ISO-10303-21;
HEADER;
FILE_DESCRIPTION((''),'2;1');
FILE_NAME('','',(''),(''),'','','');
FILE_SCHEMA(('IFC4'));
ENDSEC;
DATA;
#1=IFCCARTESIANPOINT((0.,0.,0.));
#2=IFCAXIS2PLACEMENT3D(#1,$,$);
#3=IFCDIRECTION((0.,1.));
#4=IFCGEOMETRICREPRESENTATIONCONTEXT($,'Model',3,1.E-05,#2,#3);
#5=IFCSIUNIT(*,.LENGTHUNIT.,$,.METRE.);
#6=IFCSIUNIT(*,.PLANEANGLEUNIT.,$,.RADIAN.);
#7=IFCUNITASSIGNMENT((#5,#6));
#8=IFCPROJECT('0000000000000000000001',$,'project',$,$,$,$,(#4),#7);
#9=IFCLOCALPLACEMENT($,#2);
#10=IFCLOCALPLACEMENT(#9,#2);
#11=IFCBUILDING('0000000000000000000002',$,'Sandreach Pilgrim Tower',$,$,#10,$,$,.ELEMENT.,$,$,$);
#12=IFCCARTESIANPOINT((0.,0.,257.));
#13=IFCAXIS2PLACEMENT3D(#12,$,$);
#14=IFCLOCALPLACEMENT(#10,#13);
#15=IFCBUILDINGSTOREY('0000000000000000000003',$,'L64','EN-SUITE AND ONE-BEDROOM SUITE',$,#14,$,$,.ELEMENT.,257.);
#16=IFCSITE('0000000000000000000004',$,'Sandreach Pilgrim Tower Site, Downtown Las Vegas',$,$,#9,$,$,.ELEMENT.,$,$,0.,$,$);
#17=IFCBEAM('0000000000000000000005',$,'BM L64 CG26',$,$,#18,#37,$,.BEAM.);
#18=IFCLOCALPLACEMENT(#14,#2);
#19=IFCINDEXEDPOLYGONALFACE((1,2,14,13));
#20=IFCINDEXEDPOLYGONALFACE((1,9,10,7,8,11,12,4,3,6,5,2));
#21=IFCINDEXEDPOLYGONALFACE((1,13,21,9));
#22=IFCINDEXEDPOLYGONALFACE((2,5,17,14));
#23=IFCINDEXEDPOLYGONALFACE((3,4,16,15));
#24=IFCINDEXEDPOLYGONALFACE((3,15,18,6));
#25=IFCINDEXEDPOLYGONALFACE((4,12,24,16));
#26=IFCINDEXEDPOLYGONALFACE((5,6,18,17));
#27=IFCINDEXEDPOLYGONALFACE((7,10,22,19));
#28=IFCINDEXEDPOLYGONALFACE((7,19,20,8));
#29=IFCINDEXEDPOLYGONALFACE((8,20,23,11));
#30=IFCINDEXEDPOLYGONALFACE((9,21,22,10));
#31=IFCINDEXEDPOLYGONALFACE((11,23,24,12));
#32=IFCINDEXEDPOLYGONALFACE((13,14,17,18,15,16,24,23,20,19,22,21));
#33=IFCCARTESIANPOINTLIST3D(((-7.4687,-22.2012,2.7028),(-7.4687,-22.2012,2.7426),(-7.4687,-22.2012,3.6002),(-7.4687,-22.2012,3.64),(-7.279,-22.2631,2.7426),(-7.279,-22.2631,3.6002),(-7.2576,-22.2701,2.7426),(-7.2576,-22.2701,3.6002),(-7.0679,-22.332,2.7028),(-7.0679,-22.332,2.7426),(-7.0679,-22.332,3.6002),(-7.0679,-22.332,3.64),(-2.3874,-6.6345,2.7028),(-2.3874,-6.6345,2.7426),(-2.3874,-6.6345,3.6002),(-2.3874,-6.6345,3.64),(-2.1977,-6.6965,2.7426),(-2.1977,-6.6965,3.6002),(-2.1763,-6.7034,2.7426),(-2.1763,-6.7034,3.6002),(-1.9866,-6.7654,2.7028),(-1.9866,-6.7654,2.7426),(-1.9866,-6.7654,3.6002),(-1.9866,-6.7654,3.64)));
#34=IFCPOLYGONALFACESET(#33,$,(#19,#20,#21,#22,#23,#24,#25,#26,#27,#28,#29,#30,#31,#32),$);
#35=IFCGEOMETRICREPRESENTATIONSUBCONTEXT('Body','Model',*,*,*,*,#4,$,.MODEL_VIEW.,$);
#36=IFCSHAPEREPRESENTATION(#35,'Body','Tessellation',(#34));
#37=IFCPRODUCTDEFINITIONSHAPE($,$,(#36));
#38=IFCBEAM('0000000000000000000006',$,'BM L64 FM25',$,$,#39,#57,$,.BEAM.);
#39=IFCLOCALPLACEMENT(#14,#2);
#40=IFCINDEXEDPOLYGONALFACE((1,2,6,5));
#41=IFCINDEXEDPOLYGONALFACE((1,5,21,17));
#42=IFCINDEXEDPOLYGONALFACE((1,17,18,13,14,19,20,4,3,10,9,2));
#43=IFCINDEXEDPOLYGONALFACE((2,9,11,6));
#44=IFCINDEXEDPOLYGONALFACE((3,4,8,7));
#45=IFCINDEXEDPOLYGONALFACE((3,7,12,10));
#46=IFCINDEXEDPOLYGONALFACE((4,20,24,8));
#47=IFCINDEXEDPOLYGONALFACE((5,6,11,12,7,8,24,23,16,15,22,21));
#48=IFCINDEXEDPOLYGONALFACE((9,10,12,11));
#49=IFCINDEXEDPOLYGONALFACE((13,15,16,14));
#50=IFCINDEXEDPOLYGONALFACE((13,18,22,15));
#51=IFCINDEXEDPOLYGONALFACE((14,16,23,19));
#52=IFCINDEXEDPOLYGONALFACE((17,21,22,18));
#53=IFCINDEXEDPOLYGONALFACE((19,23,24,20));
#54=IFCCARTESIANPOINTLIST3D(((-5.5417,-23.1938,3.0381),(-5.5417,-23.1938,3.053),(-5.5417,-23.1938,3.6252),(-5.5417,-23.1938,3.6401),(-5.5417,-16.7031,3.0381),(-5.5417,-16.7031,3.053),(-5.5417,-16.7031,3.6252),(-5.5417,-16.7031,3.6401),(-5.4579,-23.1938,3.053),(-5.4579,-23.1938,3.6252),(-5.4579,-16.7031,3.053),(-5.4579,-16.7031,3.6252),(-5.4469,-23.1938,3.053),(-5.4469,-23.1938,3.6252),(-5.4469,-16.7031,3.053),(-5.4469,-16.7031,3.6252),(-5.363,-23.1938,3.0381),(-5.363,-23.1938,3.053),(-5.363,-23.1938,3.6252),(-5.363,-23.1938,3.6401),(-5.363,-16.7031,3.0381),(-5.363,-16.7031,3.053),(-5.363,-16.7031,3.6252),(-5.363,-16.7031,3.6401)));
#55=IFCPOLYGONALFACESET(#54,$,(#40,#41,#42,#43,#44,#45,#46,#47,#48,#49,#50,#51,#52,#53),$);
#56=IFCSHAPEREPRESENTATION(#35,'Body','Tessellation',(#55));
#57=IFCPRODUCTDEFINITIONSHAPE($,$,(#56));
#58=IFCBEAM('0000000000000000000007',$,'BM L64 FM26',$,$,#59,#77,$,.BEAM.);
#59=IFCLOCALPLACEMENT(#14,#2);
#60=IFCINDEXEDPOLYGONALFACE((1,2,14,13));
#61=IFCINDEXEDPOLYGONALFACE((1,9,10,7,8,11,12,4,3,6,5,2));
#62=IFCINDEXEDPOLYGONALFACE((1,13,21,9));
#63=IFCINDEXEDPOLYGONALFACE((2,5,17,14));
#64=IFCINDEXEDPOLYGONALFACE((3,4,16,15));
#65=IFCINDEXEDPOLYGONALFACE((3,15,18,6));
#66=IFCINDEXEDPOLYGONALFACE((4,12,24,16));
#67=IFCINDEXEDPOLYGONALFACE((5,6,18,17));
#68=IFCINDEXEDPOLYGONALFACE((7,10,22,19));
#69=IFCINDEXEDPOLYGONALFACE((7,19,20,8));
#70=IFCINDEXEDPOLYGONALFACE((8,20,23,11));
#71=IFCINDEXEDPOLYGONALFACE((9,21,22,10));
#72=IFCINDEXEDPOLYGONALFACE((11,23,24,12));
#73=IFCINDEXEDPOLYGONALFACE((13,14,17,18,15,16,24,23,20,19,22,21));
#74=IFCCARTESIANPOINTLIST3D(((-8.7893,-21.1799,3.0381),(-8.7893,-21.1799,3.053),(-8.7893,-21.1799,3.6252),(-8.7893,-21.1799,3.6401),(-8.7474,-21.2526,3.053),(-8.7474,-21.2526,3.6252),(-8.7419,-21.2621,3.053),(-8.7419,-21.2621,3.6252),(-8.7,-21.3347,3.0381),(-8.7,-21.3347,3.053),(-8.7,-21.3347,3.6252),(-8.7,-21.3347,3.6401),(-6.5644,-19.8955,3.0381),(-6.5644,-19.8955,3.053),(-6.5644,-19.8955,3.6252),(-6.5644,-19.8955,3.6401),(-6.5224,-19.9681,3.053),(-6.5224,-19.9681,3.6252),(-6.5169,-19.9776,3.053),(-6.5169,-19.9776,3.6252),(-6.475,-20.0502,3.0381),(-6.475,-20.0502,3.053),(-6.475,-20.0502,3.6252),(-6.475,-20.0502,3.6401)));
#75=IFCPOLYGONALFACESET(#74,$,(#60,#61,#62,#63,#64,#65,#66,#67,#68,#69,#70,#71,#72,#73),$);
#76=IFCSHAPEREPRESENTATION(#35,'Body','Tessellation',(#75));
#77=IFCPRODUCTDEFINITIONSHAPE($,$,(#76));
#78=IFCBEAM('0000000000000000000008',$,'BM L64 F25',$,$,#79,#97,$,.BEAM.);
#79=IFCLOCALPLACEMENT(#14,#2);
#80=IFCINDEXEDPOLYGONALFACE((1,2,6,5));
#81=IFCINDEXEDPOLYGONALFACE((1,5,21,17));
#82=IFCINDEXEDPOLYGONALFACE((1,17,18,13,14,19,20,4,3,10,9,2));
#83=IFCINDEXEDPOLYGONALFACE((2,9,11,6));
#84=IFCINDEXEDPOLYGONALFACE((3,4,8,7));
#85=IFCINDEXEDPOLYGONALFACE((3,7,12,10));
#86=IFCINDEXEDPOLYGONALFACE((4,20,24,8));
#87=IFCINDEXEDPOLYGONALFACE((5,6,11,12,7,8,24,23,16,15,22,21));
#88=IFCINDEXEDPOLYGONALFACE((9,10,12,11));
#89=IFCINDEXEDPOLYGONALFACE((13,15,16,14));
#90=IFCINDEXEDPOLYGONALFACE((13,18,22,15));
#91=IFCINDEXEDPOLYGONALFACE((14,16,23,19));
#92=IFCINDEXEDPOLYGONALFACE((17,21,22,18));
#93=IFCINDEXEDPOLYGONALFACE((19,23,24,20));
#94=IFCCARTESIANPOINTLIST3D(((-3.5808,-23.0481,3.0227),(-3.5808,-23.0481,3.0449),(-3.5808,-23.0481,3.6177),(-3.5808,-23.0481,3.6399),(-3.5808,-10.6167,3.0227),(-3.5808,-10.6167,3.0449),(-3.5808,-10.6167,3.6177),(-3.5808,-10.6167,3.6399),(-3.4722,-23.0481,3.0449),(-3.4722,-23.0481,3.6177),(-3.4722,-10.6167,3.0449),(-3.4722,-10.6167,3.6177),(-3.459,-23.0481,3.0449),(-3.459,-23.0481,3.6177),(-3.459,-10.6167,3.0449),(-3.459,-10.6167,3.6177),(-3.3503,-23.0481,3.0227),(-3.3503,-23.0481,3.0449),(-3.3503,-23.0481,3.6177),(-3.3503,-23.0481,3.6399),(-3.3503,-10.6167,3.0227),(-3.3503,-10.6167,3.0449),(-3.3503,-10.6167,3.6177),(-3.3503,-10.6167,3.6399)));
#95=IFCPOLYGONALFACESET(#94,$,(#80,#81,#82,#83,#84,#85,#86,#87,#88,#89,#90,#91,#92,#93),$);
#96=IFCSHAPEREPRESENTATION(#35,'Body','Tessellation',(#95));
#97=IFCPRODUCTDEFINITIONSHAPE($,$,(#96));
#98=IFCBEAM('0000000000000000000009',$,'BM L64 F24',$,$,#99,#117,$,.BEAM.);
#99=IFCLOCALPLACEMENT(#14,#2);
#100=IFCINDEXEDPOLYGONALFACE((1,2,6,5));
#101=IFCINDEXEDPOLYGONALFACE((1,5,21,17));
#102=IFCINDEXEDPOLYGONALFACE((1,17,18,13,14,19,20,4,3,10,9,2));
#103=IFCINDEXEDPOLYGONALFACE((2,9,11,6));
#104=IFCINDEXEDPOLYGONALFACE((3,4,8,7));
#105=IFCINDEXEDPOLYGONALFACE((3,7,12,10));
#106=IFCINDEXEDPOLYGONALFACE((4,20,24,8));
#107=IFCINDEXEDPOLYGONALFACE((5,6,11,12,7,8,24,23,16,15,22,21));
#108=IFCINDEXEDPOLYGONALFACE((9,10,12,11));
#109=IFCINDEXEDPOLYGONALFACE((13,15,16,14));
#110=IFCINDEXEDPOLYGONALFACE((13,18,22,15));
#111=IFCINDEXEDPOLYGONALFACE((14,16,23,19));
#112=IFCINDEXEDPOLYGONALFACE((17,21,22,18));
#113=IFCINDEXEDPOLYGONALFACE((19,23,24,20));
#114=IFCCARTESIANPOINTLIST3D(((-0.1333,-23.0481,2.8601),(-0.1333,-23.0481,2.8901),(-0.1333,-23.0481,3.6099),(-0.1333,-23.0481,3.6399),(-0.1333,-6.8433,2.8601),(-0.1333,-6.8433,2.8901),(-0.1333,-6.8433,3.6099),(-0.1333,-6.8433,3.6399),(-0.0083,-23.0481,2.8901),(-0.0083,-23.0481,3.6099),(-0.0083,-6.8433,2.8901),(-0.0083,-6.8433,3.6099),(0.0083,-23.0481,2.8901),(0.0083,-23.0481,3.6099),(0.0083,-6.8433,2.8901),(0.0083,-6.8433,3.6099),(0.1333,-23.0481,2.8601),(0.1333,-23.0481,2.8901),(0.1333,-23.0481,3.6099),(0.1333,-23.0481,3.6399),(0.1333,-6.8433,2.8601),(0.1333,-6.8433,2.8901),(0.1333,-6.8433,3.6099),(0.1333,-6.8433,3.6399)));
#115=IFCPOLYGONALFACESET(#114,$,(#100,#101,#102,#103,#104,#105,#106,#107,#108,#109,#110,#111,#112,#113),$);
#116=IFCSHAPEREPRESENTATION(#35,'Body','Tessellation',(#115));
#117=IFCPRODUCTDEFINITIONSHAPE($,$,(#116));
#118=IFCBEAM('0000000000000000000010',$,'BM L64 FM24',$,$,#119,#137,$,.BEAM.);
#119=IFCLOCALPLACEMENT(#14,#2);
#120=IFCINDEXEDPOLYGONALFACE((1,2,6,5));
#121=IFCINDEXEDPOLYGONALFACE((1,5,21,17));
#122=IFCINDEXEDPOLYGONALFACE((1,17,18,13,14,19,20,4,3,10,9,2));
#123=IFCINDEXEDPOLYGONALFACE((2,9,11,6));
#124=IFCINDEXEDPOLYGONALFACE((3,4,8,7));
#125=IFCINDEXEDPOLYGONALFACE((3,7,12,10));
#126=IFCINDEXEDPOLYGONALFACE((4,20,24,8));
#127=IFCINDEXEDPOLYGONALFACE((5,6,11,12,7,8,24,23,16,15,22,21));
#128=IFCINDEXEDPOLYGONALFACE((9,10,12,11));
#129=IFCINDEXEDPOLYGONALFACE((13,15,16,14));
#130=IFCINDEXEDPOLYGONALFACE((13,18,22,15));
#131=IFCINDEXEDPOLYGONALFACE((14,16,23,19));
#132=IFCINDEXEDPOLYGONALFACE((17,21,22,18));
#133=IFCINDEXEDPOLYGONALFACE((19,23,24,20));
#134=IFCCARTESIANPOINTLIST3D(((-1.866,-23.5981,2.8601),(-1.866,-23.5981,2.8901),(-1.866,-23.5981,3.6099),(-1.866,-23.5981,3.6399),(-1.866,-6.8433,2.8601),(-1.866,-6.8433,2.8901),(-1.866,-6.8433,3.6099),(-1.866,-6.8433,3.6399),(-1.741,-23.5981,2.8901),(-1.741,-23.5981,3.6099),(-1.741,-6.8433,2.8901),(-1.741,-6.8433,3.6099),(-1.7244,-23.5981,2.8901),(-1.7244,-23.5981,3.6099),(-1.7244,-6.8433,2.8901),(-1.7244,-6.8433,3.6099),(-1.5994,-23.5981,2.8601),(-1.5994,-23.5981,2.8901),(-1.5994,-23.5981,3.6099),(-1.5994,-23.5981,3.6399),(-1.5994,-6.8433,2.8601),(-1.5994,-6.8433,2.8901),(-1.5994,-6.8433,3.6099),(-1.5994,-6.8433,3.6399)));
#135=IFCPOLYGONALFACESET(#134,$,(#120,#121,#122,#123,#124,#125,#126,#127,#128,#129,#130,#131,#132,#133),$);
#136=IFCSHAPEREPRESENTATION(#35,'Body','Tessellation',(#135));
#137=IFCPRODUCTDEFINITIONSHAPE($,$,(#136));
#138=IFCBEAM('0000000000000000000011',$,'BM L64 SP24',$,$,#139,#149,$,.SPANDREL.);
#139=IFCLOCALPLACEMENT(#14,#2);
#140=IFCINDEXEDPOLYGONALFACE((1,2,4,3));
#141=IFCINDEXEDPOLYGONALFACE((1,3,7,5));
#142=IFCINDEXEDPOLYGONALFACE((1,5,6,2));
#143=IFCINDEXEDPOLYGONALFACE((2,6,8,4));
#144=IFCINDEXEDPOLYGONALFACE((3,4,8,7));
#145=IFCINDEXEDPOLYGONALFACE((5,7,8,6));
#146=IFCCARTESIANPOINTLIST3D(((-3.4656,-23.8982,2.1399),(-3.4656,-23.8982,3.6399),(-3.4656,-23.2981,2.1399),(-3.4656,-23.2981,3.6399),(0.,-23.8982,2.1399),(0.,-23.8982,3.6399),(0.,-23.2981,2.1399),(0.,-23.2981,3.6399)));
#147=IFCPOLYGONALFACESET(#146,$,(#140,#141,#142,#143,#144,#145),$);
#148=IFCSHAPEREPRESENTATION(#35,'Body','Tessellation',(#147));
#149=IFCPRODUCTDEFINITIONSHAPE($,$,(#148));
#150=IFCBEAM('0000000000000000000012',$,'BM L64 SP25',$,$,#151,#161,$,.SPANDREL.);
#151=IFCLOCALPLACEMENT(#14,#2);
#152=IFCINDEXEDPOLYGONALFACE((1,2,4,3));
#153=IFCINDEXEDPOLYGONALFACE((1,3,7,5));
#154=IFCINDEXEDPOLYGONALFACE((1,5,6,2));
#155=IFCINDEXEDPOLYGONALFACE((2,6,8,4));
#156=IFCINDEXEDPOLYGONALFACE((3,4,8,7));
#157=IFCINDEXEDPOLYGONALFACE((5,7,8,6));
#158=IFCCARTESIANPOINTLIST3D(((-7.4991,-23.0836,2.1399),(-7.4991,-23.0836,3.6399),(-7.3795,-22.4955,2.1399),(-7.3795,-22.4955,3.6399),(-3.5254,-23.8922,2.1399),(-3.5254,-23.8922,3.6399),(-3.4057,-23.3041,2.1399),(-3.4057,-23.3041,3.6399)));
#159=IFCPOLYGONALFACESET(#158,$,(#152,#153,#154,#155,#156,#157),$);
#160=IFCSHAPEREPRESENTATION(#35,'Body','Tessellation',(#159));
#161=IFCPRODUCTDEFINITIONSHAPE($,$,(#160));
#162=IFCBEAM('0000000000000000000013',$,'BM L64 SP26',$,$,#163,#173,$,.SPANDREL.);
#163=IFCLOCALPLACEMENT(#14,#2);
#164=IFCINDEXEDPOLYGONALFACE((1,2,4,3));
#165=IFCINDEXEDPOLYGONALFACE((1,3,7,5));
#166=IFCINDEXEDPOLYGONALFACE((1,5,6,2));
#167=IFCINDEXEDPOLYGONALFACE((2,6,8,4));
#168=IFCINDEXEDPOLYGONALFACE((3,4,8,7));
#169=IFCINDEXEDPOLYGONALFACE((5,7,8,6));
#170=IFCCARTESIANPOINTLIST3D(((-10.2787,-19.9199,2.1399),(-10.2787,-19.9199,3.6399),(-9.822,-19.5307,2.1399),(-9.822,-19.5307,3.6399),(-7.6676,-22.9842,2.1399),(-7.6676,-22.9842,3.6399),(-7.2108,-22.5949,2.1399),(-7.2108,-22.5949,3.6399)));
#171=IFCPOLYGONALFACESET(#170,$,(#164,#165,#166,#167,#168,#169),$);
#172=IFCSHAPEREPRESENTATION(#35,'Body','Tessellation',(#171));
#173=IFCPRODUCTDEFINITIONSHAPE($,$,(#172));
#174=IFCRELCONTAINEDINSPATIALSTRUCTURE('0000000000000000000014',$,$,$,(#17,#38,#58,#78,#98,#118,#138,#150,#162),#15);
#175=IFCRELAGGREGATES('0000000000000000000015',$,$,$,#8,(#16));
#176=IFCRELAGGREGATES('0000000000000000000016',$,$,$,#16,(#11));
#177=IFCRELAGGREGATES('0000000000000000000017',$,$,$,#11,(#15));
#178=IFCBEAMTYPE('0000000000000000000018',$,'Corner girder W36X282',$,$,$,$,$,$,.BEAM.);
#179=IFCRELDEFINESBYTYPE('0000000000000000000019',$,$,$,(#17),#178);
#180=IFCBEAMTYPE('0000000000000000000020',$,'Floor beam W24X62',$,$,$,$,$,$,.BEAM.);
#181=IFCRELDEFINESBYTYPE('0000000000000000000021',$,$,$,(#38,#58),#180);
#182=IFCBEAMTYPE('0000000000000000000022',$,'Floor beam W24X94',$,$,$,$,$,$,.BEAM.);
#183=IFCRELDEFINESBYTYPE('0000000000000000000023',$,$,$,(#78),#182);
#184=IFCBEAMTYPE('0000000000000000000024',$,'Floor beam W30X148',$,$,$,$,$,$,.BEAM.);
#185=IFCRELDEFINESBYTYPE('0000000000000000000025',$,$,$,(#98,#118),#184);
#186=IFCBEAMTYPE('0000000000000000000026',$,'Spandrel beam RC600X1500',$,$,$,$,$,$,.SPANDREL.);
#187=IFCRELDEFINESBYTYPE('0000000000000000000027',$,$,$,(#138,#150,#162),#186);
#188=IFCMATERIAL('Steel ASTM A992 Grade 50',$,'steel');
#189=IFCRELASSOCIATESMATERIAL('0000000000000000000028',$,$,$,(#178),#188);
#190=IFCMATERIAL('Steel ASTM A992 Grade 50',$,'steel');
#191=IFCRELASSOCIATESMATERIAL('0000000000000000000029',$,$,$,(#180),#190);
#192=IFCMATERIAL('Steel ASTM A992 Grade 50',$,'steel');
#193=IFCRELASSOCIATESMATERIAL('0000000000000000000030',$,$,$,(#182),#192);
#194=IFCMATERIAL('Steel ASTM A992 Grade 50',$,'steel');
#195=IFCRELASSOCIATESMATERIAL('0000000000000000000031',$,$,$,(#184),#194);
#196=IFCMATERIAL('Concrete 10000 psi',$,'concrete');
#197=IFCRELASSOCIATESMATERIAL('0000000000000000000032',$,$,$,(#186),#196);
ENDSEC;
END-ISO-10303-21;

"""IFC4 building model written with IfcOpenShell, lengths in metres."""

from ifc_helpers import new_model, si_unit, direction, frame, origin, origin_2d, place, context, subcontext, project, spatial, rectangle, i_section, extrude, material, material_profile, profile_set, type_object, element, save


model = new_model("IFC4")

# Units and contexts
model_context = context("Model", 3, precision=1e-05, world=origin(), true_north=direction((0.0, 1.0)))
body_context = subcontext(model_context, "Body", "Model", "MODEL_VIEW")
ifc_project = project(units=[si_unit("LENGTHUNIT", "METRE"), si_unit("PLANEANGLEUNIT", "RADIAN")], contexts=[model_context])

# Site, building, storey
site_placement = place(None, origin())
site = spatial("IfcSite", under=ifc_project, at=site_placement, Name="Sandreach Pilgrim Tower Site, Downtown Las Vegas", CompositionType="ELEMENT", RefElevation=0.0)
building_placement = place(site_placement, origin())
building = spatial("IfcBuilding", under=site, at=building_placement, Name="Sandreach Pilgrim Tower", CompositionType="ELEMENT")
storey_placement = place(building_placement, frame((0.0, 0.0, 257.0)))
storey = spatial("IfcBuildingStorey", under=building, at=storey_placement, Name="L64", Description="EN-SUITE AND ONE-BEDROOM SUITE", CompositionType="ELEMENT", Elevation=257.0)

# Beams
ifc_material_1 = material(Name="Steel ASTM A992 Grade 50", Category="steel")
ifc_material_profile_1 = material_profile(ifc_material_1, i_section(OverallWidth=0.4216, OverallDepth=0.9373, WebThickness=0.0225, FlangeThickness=0.0398, at=origin_2d()), Name="W36X282")
ifc_profile_set_1 = profile_set([ifc_material_profile_1], Name="Steel ASTM A992 Grade 50")
beam_type_1 = type_object("IfcBeamType", Name="Corner girder W36X282", PredefinedType="BEAM", material=ifc_profile_set_1)
beam_1_placement = place(storey_placement, frame((-7.2683, -22.2666, 3.1714), z_axis=(0.310309, 0.950636, 0.0), x_axis=(-0.950636, 0.310309, 0.0)))
element("IfcBeam", 1, at=beam_1_placement, inside=storey, type_object=beam_type_1, Name="BM L64 CG26", PredefinedType="BEAM", context=body_context, shape_type="SweptSolid", body=[
    extrude(i_section(OverallWidth=0.4216, OverallDepth=0.9373, WebThickness=0.0225, FlangeThickness=0.0398, at=origin_2d()), origin(), (0.0, 0.0, 1.0), 16.375),
])
ifc_material_2 = material(Name="Steel ASTM A992 Grade 50", Category="steel")
ifc_material_profile_2 = material_profile(ifc_material_2, i_section(OverallWidth=0.1787, OverallDepth=0.6021, WebThickness=0.011, FlangeThickness=0.0149, at=origin_2d()), Name="W24X62")
ifc_profile_set_2 = profile_set([ifc_material_profile_2], Name="Steel ASTM A992 Grade 50")
beam_type_2 = type_object("IfcBeamType", Name="Floor beam W24X62", PredefinedType="BEAM", material=ifc_profile_set_2)
beam_2_placement = place(storey_placement, frame((-5.4524, -23.1938, 3.3391), z_axis=(0.0, 1.0, 0.0), x_axis=(-1.0, 0.0, 0.0)))
element("IfcBeam", 2, at=beam_2_placement, inside=storey, type_object=beam_type_2, Name="BM L64 FM25", PredefinedType="BEAM", context=body_context, shape_type="SweptSolid", body=[
    extrude(i_section(OverallWidth=0.1787, OverallDepth=0.6021, WebThickness=0.011, FlangeThickness=0.0149, at=origin_2d()), origin(), (0.0, 0.0, 1.0), 6.4907),
])
beam_3_placement = place(storey_placement, frame((-8.7446, -21.2573, 3.3391), z_axis=(0.866042, 0.499972, 0.0), x_axis=(-0.499972, 0.866042, 0.0)))
element("IfcBeam", 3, at=beam_3_placement, inside=storey, type_object=beam_type_2, Name="BM L64 FM26", PredefinedType="BEAM", context=body_context, shape_type="SweptSolid", body=[
    extrude(i_section(OverallWidth=0.1787, OverallDepth=0.6021, WebThickness=0.011, FlangeThickness=0.0149, at=origin_2d()), origin(), (0.0, 0.0, 1.0), 2.5691),
])
ifc_material_3 = material(Name="Steel ASTM A992 Grade 50", Category="steel")
ifc_material_profile_3 = material_profile(ifc_material_3, i_section(OverallWidth=0.2305, OverallDepth=0.6172, WebThickness=0.0132, FlangeThickness=0.0222, at=origin_2d()), Name="W24X94")
ifc_profile_set_3 = profile_set([ifc_material_profile_3], Name="Steel ASTM A992 Grade 50")
beam_type_3 = type_object("IfcBeamType", Name="Floor beam W24X94", PredefinedType="BEAM", material=ifc_profile_set_3)
beam_4_placement = place(storey_placement, frame((-3.4656, -23.0481, 3.3313), z_axis=(0.0, 1.0, 0.0), x_axis=(-1.0, 0.0, 0.0)))
element("IfcBeam", 4, at=beam_4_placement, inside=storey, type_object=beam_type_3, Name="BM L64 F25", PredefinedType="BEAM", context=body_context, shape_type="SweptSolid", body=[
    extrude(i_section(OverallWidth=0.2305, OverallDepth=0.6172, WebThickness=0.0132, FlangeThickness=0.0222, at=origin_2d()), origin(), (0.0, 0.0, 1.0), 12.4314),
])
ifc_material_4 = material(Name="Steel ASTM A992 Grade 50", Category="steel")
ifc_material_profile_4 = material_profile(ifc_material_4, i_section(OverallWidth=0.2666, OverallDepth=0.7798, WebThickness=0.0166, FlangeThickness=0.03, at=origin_2d()), Name="W30X148")
ifc_profile_set_4 = profile_set([ifc_material_profile_4], Name="Steel ASTM A992 Grade 50")
beam_type_4 = type_object("IfcBeamType", Name="Floor beam W30X148", PredefinedType="BEAM", material=ifc_profile_set_4)
beam_5_placement = place(storey_placement, frame((0.0, -23.0481, 3.25), z_axis=(0.0, 1.0, 0.0), x_axis=(-1.0, 0.0, 0.0)))
element("IfcBeam", 5, at=beam_5_placement, inside=storey, type_object=beam_type_4, Name="BM L64 F24", PredefinedType="BEAM", context=body_context, shape_type="SweptSolid", body=[
    extrude(i_section(OverallWidth=0.2666, OverallDepth=0.7798, WebThickness=0.0166, FlangeThickness=0.03, at=origin_2d()), origin(), (0.0, 0.0, 1.0), 16.2048),
])
beam_6_placement = place(storey_placement, frame((-1.7327, -23.5981, 3.25), z_axis=(0.0, 1.0, 0.0), x_axis=(-1.0, 0.0, 0.0)))
element("IfcBeam", 6, at=beam_6_placement, inside=storey, type_object=beam_type_4, Name="BM L64 FM24", PredefinedType="BEAM", context=body_context, shape_type="SweptSolid", body=[
    extrude(i_section(OverallWidth=0.2666, OverallDepth=0.7798, WebThickness=0.0166, FlangeThickness=0.03, at=origin_2d()), origin(), (0.0, 0.0, 1.0), 16.7549),
])
ifc_material_5 = material(Name="Concrete 10000 psi", Category="concrete")
ifc_material_profile_5 = material_profile(ifc_material_5, rectangle(XDim=0.6001, YDim=1.5, at=origin_2d()), Name="RC600X1500")
ifc_profile_set_5 = profile_set([ifc_material_profile_5], Name="Concrete 10000 psi")
beam_type_5 = type_object("IfcBeamType", Name="Spandrel beam RC600X1500", PredefinedType="SPANDREL", material=ifc_profile_set_5)
beam_7_placement = place(storey_placement, frame((0.0, -23.5981, 2.8899), z_axis=(-1.0, 0.0, 0.0), x_axis=(0.0, -1.0, 0.0)))
element("IfcBeam", 7, at=beam_7_placement, inside=storey, type_object=beam_type_5, Name="BM L64 SP24", PredefinedType="SPANDREL", context=body_context, shape_type="SweptSolid", body=[
    extrude(rectangle(XDim=0.6001, YDim=1.5, at=origin_2d()), origin(), (0.0, 0.0, 1.0), 3.4656),
])
beam_8_placement = place(storey_placement, frame((-3.4656, -23.5981, 2.8899), z_axis=(-0.979918, 0.199403, 0.0), x_axis=(-0.199403, -0.979918, 0.0)))
element("IfcBeam", 8, at=beam_8_placement, inside=storey, type_object=beam_type_5, Name="BM L64 SP25", PredefinedType="SPANDREL", context=body_context, shape_type="SweptSolid", body=[
    extrude(rectangle(XDim=0.6001, YDim=1.5, at=origin_2d()), origin(), (0.0, 0.0, 1.0), 4.0552),
])
beam_9_placement = place(storey_placement, frame((-7.4392, -22.7896, 2.8899), z_axis=(-0.648586, 0.761141, 0.0), x_axis=(-0.761141, -0.648586, 0.0)))
element("IfcBeam", 9, at=beam_9_placement, inside=storey, type_object=beam_type_5, Name="BM L64 SP26", PredefinedType="SPANDREL", context=body_context, shape_type="SweptSolid", body=[
    extrude(rectangle(XDim=0.6001, YDim=1.5, at=origin_2d()), origin(), (0.0, 0.0, 1.0), 4.0259),
])

save(model, "model.ifc")
